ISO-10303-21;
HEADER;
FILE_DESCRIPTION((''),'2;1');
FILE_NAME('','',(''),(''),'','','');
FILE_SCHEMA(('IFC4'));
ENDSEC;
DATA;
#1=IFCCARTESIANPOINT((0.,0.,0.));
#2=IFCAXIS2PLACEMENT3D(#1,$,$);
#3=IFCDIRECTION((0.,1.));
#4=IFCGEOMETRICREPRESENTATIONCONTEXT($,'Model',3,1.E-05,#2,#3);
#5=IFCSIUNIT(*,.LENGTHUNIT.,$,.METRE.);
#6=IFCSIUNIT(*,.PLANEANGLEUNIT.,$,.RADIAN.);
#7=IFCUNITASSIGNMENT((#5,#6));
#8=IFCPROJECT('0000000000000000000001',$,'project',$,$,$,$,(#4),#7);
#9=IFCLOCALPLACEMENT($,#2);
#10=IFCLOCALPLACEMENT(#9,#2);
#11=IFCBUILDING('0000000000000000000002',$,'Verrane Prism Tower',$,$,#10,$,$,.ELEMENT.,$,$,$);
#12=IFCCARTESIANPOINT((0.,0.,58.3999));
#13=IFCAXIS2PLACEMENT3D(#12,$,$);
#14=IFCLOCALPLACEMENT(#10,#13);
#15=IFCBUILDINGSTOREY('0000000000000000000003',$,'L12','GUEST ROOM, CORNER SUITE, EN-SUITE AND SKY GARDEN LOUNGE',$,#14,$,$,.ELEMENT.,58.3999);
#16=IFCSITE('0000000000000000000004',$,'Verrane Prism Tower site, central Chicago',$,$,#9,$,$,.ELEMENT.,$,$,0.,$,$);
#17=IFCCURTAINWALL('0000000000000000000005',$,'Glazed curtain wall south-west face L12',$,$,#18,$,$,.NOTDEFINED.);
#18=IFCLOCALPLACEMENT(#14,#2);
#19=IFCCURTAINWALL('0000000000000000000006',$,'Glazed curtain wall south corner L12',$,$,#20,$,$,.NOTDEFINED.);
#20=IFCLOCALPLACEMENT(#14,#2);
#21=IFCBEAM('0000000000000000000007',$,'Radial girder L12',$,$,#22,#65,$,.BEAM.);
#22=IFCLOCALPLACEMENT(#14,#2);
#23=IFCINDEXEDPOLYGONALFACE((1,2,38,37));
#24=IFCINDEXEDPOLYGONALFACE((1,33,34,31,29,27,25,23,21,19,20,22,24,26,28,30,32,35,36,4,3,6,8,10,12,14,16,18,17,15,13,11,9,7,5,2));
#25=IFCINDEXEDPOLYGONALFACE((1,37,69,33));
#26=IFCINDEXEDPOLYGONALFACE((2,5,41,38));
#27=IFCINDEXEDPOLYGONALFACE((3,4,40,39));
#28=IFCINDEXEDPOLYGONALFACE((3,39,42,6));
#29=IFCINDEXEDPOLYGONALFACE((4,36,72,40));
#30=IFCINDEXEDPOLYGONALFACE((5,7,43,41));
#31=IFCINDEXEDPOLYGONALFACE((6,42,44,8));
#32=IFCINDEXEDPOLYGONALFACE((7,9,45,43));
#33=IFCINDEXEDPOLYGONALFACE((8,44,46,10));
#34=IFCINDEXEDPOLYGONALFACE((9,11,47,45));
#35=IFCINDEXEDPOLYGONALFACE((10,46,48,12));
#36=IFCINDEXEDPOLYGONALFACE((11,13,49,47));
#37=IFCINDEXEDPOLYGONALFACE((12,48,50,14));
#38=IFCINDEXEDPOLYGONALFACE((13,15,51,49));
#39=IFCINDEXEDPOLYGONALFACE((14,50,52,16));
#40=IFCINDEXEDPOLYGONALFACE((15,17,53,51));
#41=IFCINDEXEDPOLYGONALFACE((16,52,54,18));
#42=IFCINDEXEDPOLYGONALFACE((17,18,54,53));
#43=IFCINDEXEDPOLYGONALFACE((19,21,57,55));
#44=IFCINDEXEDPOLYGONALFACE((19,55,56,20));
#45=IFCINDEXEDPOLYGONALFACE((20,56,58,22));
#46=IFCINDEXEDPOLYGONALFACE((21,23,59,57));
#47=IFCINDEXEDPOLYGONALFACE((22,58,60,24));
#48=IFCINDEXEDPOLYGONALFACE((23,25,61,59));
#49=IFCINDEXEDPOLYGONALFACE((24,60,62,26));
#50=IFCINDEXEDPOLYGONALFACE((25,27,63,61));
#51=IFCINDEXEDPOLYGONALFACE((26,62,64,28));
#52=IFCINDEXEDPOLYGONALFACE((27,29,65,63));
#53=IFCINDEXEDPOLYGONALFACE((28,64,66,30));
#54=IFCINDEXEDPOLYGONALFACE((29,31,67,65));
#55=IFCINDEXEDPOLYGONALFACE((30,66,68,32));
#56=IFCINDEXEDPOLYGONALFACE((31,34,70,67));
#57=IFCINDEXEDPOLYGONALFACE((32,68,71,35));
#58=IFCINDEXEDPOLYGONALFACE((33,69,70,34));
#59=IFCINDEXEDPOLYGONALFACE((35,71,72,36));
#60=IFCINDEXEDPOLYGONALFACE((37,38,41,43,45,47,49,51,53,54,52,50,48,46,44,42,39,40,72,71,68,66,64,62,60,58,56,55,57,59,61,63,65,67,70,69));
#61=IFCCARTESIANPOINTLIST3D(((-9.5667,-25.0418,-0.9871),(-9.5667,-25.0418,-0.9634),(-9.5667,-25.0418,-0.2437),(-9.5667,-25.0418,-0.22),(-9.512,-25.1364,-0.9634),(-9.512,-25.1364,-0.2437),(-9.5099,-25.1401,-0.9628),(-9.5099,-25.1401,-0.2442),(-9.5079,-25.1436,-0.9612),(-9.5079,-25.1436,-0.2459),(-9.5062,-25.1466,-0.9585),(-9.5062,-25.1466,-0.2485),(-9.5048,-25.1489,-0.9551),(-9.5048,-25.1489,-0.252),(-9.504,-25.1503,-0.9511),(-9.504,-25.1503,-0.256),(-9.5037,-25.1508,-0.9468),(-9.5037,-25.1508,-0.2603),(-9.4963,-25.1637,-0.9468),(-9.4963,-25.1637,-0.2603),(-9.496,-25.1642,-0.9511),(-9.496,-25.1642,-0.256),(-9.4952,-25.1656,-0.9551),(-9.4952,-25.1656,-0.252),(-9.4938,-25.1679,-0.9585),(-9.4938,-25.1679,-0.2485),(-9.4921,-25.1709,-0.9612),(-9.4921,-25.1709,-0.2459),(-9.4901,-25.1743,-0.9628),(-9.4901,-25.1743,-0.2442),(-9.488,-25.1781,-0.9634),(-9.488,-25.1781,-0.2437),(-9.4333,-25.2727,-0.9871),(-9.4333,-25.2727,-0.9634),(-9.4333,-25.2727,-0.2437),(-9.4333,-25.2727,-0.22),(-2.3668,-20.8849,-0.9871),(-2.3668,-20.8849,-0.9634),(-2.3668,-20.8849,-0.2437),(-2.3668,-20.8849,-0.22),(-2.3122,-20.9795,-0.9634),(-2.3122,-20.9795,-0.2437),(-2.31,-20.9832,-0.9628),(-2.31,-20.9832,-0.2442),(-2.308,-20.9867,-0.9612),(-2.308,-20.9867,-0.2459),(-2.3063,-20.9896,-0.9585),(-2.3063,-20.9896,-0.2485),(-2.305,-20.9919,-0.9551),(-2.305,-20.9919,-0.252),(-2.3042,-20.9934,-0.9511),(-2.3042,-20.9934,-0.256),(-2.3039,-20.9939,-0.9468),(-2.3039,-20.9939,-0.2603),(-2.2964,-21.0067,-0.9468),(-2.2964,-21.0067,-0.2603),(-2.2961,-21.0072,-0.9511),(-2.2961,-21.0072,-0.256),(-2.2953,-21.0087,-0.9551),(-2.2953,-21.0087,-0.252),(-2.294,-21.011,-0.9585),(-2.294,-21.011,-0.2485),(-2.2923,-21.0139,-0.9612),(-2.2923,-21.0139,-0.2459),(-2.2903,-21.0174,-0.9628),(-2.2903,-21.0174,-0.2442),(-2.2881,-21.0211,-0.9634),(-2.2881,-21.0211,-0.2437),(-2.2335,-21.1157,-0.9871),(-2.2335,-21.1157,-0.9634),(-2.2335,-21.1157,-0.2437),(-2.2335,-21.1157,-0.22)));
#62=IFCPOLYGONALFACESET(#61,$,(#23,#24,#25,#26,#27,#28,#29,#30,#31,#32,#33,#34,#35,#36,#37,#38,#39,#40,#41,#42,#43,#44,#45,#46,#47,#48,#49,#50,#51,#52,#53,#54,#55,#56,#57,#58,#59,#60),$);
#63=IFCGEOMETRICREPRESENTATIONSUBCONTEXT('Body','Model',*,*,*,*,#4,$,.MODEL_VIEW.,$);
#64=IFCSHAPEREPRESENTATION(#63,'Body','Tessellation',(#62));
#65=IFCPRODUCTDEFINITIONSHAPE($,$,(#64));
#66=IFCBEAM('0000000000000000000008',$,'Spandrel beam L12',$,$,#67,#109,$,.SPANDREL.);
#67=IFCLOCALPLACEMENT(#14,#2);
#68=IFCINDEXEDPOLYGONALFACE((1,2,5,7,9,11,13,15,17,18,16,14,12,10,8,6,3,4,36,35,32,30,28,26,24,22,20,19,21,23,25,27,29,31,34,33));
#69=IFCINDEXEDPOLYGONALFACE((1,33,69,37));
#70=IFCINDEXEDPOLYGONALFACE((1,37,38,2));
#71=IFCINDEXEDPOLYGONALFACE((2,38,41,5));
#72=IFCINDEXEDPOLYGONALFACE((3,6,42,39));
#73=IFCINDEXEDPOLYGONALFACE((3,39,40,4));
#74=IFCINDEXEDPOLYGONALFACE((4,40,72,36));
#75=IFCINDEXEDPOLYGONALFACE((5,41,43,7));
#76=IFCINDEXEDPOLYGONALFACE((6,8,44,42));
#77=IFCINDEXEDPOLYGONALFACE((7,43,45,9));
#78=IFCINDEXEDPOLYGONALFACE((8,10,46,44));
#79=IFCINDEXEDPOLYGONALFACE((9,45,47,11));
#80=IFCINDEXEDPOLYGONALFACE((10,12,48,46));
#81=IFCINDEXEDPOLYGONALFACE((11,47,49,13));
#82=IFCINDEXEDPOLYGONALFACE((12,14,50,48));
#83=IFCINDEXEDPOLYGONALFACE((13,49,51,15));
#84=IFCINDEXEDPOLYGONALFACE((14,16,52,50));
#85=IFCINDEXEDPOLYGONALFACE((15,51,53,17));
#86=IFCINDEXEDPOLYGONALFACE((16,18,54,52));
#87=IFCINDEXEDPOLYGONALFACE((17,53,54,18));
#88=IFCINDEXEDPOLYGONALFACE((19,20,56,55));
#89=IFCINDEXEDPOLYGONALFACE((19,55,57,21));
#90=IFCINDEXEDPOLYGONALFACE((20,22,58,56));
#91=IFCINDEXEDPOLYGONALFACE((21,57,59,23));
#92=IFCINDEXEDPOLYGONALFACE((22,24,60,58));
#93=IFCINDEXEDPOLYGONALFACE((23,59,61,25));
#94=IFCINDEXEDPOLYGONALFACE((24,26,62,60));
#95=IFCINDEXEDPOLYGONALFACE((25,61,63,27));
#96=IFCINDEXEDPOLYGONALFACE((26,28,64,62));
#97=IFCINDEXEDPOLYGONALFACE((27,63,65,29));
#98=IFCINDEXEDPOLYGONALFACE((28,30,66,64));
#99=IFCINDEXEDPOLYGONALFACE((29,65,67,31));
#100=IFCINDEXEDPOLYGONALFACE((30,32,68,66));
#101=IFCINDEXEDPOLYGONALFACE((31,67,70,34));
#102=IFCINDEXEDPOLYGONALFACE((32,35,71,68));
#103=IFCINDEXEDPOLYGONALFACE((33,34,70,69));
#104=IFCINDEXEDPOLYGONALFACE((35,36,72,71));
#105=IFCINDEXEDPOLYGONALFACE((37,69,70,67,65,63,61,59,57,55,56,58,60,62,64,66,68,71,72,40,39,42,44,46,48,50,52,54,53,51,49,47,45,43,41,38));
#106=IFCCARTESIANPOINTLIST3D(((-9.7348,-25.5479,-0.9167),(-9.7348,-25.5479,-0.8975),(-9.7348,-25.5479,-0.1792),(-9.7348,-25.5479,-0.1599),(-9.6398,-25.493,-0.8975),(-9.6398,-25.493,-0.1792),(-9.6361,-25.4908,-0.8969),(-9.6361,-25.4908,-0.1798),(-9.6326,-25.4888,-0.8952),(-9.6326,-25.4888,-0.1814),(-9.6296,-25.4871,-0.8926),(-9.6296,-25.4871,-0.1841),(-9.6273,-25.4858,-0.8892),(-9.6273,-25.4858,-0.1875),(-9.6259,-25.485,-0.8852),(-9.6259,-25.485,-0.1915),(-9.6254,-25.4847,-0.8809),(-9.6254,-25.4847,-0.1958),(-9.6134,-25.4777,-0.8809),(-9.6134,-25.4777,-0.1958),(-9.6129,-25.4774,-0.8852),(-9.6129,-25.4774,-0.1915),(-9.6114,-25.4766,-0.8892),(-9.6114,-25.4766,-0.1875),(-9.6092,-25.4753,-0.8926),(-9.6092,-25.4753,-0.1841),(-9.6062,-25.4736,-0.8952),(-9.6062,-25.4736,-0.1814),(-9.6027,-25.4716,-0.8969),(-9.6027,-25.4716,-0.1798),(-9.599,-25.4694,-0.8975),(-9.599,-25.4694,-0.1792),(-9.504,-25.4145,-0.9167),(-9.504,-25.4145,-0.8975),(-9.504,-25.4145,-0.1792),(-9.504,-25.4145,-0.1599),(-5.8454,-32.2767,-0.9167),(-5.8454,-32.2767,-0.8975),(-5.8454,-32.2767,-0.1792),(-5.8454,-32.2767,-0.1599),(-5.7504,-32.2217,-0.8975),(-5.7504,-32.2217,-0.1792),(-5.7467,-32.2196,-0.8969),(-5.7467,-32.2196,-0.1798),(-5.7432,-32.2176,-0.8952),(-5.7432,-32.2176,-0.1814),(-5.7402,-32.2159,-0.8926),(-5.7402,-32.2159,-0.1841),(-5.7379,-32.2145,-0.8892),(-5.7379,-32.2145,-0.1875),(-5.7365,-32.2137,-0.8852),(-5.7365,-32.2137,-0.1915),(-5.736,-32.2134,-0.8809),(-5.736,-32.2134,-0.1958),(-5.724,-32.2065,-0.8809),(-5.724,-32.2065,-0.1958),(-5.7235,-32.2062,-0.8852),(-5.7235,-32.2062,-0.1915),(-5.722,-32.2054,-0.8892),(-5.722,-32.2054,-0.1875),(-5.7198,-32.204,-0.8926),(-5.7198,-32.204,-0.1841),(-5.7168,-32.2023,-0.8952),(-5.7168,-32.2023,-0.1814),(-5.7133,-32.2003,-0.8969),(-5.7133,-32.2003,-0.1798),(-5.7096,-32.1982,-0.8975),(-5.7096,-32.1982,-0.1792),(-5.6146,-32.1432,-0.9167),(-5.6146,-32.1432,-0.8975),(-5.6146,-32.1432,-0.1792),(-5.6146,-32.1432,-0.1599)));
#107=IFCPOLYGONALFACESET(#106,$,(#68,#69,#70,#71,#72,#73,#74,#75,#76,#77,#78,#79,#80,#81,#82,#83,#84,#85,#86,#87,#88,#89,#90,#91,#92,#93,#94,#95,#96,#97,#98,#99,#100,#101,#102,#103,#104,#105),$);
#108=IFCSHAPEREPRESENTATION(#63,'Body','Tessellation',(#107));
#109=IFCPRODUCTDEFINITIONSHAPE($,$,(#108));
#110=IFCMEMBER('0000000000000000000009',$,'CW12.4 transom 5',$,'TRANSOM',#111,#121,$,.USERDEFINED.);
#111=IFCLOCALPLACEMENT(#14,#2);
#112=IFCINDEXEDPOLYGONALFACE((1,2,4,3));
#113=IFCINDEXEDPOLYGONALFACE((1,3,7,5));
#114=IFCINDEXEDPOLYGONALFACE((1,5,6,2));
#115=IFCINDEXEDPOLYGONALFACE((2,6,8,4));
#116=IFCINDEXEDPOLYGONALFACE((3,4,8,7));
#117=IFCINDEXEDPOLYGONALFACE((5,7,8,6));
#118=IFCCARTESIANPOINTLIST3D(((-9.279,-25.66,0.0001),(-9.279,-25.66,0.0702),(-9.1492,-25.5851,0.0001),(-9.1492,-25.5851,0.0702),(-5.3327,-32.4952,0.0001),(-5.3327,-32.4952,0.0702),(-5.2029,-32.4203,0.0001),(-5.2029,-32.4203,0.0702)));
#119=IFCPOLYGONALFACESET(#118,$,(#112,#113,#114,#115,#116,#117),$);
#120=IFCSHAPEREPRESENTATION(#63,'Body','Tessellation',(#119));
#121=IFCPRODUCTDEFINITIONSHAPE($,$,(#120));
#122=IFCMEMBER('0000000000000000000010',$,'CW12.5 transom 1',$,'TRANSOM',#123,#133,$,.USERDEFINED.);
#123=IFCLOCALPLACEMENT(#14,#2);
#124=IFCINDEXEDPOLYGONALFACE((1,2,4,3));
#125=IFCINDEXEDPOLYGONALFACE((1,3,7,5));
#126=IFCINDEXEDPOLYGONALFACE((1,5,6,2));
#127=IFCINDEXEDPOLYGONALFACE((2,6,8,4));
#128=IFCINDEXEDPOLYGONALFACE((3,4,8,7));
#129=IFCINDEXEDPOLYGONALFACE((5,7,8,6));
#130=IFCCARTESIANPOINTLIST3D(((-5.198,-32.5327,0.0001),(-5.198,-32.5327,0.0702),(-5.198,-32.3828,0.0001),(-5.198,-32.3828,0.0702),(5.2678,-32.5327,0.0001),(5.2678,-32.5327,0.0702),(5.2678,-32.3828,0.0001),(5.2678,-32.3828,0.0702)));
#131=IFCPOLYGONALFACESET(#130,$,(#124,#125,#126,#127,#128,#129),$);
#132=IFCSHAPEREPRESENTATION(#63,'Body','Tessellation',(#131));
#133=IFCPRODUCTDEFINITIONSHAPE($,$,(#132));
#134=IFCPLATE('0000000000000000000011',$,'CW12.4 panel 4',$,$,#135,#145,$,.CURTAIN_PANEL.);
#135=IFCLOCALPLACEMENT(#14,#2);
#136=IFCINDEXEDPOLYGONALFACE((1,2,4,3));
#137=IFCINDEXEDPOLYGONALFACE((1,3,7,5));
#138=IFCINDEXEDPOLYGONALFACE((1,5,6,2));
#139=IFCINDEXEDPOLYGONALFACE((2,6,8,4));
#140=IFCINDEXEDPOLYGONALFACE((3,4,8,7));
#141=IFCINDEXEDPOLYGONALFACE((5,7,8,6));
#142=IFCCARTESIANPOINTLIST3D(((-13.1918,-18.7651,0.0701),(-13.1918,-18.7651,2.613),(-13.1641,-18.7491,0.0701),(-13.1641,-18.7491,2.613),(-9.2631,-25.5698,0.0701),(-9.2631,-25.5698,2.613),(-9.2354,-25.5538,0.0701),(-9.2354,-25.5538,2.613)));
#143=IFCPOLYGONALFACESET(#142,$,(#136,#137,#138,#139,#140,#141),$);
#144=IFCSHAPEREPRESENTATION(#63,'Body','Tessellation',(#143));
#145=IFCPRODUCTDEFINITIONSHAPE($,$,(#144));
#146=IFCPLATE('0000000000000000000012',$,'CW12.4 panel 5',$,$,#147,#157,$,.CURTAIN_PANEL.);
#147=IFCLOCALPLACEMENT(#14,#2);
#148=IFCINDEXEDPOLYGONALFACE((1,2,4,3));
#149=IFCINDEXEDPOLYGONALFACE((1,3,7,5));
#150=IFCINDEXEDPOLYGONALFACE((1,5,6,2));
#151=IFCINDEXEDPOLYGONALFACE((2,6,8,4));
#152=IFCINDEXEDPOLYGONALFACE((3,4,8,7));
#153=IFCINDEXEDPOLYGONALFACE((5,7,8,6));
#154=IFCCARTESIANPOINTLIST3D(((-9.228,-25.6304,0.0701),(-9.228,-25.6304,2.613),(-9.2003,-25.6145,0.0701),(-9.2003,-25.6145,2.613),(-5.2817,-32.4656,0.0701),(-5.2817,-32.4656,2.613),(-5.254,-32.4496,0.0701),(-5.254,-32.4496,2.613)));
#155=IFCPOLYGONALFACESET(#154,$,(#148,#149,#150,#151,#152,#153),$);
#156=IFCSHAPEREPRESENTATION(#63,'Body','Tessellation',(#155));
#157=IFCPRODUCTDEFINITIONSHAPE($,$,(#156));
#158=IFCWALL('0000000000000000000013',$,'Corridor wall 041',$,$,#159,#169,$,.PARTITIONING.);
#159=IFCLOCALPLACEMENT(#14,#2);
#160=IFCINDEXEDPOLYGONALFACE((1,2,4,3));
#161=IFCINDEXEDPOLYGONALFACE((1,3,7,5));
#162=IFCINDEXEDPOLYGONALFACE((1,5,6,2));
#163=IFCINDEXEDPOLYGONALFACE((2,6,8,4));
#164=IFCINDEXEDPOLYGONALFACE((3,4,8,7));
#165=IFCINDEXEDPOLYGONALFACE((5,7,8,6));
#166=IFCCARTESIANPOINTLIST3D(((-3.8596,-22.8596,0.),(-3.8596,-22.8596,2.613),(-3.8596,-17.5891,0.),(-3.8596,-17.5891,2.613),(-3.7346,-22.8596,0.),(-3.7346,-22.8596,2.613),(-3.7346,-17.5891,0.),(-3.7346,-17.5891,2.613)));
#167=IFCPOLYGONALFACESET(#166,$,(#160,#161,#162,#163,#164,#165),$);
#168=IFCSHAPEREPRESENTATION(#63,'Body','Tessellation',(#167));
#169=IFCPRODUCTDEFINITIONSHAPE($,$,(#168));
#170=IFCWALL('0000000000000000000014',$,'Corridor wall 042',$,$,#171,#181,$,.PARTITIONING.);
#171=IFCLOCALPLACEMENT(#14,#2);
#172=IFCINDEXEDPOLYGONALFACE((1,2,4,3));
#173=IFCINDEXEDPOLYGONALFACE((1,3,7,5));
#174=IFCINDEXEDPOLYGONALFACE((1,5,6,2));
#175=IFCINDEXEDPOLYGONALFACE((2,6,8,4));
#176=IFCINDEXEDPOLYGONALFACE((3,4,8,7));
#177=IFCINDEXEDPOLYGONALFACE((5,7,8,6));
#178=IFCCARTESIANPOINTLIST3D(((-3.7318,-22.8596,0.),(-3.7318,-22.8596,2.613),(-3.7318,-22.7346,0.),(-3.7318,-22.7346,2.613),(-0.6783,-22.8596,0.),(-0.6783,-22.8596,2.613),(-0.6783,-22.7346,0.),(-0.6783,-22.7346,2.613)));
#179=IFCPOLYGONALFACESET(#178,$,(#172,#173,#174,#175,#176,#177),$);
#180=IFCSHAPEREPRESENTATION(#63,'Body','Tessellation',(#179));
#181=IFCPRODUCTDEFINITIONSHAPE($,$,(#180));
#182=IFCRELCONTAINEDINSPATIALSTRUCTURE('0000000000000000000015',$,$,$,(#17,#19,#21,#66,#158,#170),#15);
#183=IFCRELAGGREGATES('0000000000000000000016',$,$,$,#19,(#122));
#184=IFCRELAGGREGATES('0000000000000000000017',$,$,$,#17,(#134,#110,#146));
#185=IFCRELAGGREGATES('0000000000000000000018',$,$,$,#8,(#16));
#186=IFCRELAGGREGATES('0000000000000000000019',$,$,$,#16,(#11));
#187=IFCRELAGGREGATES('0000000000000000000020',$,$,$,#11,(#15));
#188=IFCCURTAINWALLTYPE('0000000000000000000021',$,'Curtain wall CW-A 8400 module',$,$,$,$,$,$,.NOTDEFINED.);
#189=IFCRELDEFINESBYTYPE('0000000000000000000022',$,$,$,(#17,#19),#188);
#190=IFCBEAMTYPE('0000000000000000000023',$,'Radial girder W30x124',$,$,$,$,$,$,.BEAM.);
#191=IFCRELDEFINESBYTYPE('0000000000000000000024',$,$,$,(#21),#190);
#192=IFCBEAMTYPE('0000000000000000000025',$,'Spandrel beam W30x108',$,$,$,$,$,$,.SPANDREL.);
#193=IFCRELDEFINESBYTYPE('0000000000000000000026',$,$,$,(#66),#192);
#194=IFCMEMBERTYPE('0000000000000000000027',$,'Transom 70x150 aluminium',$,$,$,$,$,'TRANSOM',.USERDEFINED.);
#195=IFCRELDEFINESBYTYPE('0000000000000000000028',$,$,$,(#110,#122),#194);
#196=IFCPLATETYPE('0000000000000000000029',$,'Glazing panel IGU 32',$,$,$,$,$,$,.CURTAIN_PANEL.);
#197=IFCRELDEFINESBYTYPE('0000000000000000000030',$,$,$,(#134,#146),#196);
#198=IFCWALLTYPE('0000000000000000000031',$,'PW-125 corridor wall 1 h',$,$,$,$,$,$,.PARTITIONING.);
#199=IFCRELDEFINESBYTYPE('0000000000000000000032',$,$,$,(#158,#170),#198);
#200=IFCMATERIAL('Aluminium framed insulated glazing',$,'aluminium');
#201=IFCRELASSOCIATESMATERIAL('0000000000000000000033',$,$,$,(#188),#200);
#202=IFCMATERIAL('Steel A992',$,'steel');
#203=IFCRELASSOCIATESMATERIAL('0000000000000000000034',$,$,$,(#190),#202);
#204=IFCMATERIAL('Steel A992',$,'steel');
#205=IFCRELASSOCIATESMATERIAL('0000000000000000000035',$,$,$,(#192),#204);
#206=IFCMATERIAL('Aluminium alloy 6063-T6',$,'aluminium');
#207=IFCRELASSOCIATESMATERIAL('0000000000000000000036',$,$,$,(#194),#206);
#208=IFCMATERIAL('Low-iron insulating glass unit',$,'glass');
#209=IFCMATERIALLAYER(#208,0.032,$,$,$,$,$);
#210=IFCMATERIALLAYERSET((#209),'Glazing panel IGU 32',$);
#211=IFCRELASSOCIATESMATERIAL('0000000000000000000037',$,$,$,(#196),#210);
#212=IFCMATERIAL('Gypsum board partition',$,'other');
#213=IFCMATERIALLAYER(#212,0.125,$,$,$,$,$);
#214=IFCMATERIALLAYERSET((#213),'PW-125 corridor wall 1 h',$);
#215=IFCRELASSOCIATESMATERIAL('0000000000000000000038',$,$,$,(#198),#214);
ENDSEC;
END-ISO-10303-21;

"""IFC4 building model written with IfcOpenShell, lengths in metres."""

from ifc_helpers import new_model, si_unit, direction, frame, frame_2d, origin, origin_2d, place, context, subcontext, project, spatial, rectangle, i_section, extrude, material, layer, layer_set, material_profile, profile_set, type_object, element, aggregate, save


model = new_model("IFC4")

# Units and contexts
model_context = context("Model", 3, precision=1e-05, world=origin(), true_north=direction((0.0, 1.0)))
body_context = subcontext(model_context, "Body", "Model", "MODEL_VIEW")
ifc_project = project(units=[si_unit("LENGTHUNIT", "METRE"), si_unit("PLANEANGLEUNIT", "RADIAN")], contexts=[model_context])

# Site, building, storey
site_placement = place(None, origin())
site = spatial("IfcSite", under=ifc_project, at=site_placement, Name="Verrane Prism Tower site, central Chicago", CompositionType="ELEMENT", RefElevation=0.0)
building_placement = place(site_placement, origin())
building = spatial("IfcBuilding", under=site, at=building_placement, Name="Verrane Prism Tower", CompositionType="ELEMENT")
storey_placement = place(building_placement, frame((0.0, 0.0, 58.3999)))
storey = spatial("IfcBuildingStorey", under=building, at=storey_placement, Name="L12", Description="GUEST ROOM, CORNER SUITE, EN-SUITE AND SKY GARDEN LOUNGE", CompositionType="ELEMENT", Elevation=58.3999)

# Curtain walls
ifc_material_1 = material(Name="Aluminium framed insulated glazing", Category="aluminium")
curtain_wall_type = type_object("IfcCurtainWallType", Name="Curtain wall CW-A 8400 module", PredefinedType="NOTDEFINED", material=ifc_material_1)
curtain_wall_1_placement = place(storey_placement, origin())
curtain_wall_1 = element("IfcCurtainWall", 1, at=curtain_wall_1_placement, inside=storey, type_object=curtain_wall_type, Name="Glazed curtain wall south-west face L12", PredefinedType="NOTDEFINED")
curtain_wall_2_placement = place(storey_placement, origin())
curtain_wall_2 = element("IfcCurtainWall", 2, at=curtain_wall_2_placement, inside=storey, type_object=curtain_wall_type, Name="Glazed curtain wall south corner L12", PredefinedType="NOTDEFINED")

# Beams
ifc_material_2 = material(Name="Steel A992", Category="steel")
ifc_material_profile_1 = material_profile(ifc_material_2, i_section(OverallWidth=0.2666, OverallDepth=0.7671, WebThickness=0.0149, FlangeThickness=0.0237, FilletRadius=0.0166, at=origin_2d()), Name="W30x124")
ifc_profile_set_1 = profile_set([ifc_material_profile_1], Name="Steel A992")
beam_type_1 = type_object("IfcBeamType", Name="Radial girder W30x124", PredefinedType="BEAM", material=ifc_profile_set_1)
beam_1_placement = place(storey_placement, frame((-9.5, -25.1572, -0.6035), z_axis=(0.866021, 0.500008, 0.0), x_axis=(-0.500008, 0.866021, 0.0)))
element("IfcBeam", 3, at=beam_1_placement, inside=storey, type_object=beam_type_1, Name="Radial girder L12", PredefinedType="BEAM", context=body_context, shape_type="SweptSolid", body=[
    extrude(i_section(OverallWidth=0.2666, OverallDepth=0.7671, WebThickness=0.0149, FlangeThickness=0.0237, FilletRadius=0.0166, at=origin_2d()), origin(), (0.0, 0.0, 1.0), 8.3137),
])
ifc_material_3 = material(Name="Steel A992", Category="steel")
ifc_material_profile_2 = material_profile(ifc_material_3, i_section(OverallWidth=0.2666, OverallDepth=0.7568, WebThickness=0.0139, FlangeThickness=0.0193, FilletRadius=0.0166, at=origin_2d()), Name="W30x108")
ifc_profile_set_2 = profile_set([ifc_material_profile_2], Name="Steel A992")
beam_type_2 = type_object("IfcBeamType", Name="Spandrel beam W30x108", PredefinedType="SPANDREL", material=ifc_profile_set_2)
beam_2_placement = place(storey_placement, frame((-9.6194, -25.4812, -0.5383), z_axis=(0.500439, -0.865772, 0.0), x_axis=(0.865772, 0.500439, 0.0)))
element("IfcBeam", 4, at=beam_2_placement, inside=storey, type_object=beam_type_2, Name="Spandrel beam L12", PredefinedType="SPANDREL", context=body_context, shape_type="SweptSolid", body=[
    extrude(i_section(OverallWidth=0.2666, OverallDepth=0.7568, WebThickness=0.0139, FlangeThickness=0.0193, FilletRadius=0.0166, at=origin_2d()), origin(), (0.0, 0.0, 1.0), 7.772),
])

# Members
ifc_material_4 = material(Name="Aluminium alloy 6063-T6", Category="aluminium")
ifc_material_profile_3 = material_profile(ifc_material_4, rectangle(XDim=0.1499, YDim=0.0701, at=origin_2d()), Name="Transom 70x150 aluminium")
ifc_profile_set_3 = profile_set([ifc_material_profile_3], Name="Aluminium alloy 6063-T6")
member_type_1 = type_object("IfcMemberType", Name="Transom 70x150 aluminium", ElementType="TRANSOM", PredefinedType="USERDEFINED", material=ifc_profile_set_3)
member_1_placement = place(storey_placement, frame((-9.2141, -25.6226, 0.0352), z_axis=(0.499998, -0.866026, 0.0), x_axis=(0.866026, 0.499998, 0.0)))
member_1 = element("IfcMember", 5, at=member_1_placement, type_object=member_type_1, Name="CW12.4 transom 5", ObjectType="TRANSOM", PredefinedType="USERDEFINED", context=body_context, shape_type="SweptSolid", body=[
    extrude(rectangle(XDim=0.1499, YDim=0.0701, at=origin_2d()), origin(), (0.0, 0.0, 1.0), 7.8926),
])
member_2_placement = place(storey_placement, frame((-5.198, -32.4578, 0.0352), z_axis=(1.0, 0.0, 0.0), x_axis=(0.0, 1.0, 0.0)))
member_2 = element("IfcMember", 6, at=member_2_placement, type_object=member_type_1, Name="CW12.5 transom 1", ObjectType="TRANSOM", PredefinedType="USERDEFINED", context=body_context, shape_type="SweptSolid", body=[
    extrude(rectangle(XDim=0.1499, YDim=0.0701, at=origin_2d()), origin(), (0.0, 0.0, 1.0), 10.4658),
])
aggregate(curtain_wall_2, [member_2])

# Plates
ifc_material_5 = material(Name="Low-iron insulating glass unit", Category="glass")
ifc_layer_1 = layer(ifc_material_5, 0.032)
ifc_layer_set_1 = layer_set([ifc_layer_1], Name="Glazing panel IGU 32")
plate_type = type_object("IfcPlateType", Name="Glazing panel IGU 32", PredefinedType="CURTAIN_PANEL", material=ifc_layer_set_1)
plate_1_placement = place(storey_placement, frame((-11.2136, -22.1594, 0.0701), z_axis=(0.0, 0.0, 1.0), x_axis=(0.5, -0.866026, 0.0)))
plate_1 = element("IfcPlate", 7, at=plate_1_placement, type_object=plate_type, Name="CW12.4 panel 4", PredefinedType="CURTAIN_PANEL", context=body_context, shape_type="SweptSolid", body=[
    extrude(rectangle(XDim=7.8574, YDim=0.032, at=origin_2d()), origin(), (0.0, 0.0, 1.0), 2.543),
])
plate_2_placement = place(storey_placement, frame((-7.241, -29.04, 0.0701), z_axis=(0.0, 0.0, 1.0), x_axis=(0.5, -0.866026, 0.0)))
plate_2 = element("IfcPlate", 8, at=plate_2_placement, type_object=plate_type, Name="CW12.4 panel 5", PredefinedType="CURTAIN_PANEL", context=body_context, shape_type="SweptSolid", body=[
    extrude(rectangle(XDim=7.8926, YDim=0.032, at=origin_2d()), origin(), (0.0, 0.0, 1.0), 2.543),
])
aggregate(curtain_wall_1, [plate_1, member_1, plate_2])

# Walls
ifc_material_6 = material(Name="Gypsum board partition", Category="other")
ifc_layer_2 = layer(ifc_material_6, 0.125)
ifc_layer_set_2 = layer_set([ifc_layer_2], Name="PW-125 corridor wall 1 h")
wall_type_1 = type_object("IfcWallType", Name="PW-125 corridor wall 1 h", PredefinedType="PARTITIONING", material=ifc_layer_set_2)
wall_1_placement = place(storey_placement, frame((-3.7971, -22.8596, 0.0), z_axis=(0.0, 0.0, 1.0), x_axis=(0.0, 1.0, 0.0)))
element("IfcWall", 9, at=wall_1_placement, inside=storey, type_object=wall_type_1, Name="Corridor wall 041", PredefinedType="PARTITIONING", context=body_context, shape_type="SweptSolid", body=[
    extrude(rectangle(XDim=5.2705, YDim=0.125, at=frame_2d((2.6353, 0.0))), origin(), (0.0, 0.0, 1.0), 2.613),
])
wall_2_placement = place(storey_placement, frame((-3.7319, -22.7971, 0.0), z_axis=(0.0, 0.0, 1.0), x_axis=(1.0, 0.0, 0.0)))
element("IfcWall", 10, at=wall_2_placement, inside=storey, type_object=wall_type_1, Name="Corridor wall 042", PredefinedType="PARTITIONING", context=body_context, shape_type="SweptSolid", body=[
    extrude(rectangle(XDim=3.0535, YDim=0.125, at=frame_2d((1.5269, 0.0))), origin(), (0.0, 0.0, 1.0), 2.613),
])

save(model, "model.ifc")
